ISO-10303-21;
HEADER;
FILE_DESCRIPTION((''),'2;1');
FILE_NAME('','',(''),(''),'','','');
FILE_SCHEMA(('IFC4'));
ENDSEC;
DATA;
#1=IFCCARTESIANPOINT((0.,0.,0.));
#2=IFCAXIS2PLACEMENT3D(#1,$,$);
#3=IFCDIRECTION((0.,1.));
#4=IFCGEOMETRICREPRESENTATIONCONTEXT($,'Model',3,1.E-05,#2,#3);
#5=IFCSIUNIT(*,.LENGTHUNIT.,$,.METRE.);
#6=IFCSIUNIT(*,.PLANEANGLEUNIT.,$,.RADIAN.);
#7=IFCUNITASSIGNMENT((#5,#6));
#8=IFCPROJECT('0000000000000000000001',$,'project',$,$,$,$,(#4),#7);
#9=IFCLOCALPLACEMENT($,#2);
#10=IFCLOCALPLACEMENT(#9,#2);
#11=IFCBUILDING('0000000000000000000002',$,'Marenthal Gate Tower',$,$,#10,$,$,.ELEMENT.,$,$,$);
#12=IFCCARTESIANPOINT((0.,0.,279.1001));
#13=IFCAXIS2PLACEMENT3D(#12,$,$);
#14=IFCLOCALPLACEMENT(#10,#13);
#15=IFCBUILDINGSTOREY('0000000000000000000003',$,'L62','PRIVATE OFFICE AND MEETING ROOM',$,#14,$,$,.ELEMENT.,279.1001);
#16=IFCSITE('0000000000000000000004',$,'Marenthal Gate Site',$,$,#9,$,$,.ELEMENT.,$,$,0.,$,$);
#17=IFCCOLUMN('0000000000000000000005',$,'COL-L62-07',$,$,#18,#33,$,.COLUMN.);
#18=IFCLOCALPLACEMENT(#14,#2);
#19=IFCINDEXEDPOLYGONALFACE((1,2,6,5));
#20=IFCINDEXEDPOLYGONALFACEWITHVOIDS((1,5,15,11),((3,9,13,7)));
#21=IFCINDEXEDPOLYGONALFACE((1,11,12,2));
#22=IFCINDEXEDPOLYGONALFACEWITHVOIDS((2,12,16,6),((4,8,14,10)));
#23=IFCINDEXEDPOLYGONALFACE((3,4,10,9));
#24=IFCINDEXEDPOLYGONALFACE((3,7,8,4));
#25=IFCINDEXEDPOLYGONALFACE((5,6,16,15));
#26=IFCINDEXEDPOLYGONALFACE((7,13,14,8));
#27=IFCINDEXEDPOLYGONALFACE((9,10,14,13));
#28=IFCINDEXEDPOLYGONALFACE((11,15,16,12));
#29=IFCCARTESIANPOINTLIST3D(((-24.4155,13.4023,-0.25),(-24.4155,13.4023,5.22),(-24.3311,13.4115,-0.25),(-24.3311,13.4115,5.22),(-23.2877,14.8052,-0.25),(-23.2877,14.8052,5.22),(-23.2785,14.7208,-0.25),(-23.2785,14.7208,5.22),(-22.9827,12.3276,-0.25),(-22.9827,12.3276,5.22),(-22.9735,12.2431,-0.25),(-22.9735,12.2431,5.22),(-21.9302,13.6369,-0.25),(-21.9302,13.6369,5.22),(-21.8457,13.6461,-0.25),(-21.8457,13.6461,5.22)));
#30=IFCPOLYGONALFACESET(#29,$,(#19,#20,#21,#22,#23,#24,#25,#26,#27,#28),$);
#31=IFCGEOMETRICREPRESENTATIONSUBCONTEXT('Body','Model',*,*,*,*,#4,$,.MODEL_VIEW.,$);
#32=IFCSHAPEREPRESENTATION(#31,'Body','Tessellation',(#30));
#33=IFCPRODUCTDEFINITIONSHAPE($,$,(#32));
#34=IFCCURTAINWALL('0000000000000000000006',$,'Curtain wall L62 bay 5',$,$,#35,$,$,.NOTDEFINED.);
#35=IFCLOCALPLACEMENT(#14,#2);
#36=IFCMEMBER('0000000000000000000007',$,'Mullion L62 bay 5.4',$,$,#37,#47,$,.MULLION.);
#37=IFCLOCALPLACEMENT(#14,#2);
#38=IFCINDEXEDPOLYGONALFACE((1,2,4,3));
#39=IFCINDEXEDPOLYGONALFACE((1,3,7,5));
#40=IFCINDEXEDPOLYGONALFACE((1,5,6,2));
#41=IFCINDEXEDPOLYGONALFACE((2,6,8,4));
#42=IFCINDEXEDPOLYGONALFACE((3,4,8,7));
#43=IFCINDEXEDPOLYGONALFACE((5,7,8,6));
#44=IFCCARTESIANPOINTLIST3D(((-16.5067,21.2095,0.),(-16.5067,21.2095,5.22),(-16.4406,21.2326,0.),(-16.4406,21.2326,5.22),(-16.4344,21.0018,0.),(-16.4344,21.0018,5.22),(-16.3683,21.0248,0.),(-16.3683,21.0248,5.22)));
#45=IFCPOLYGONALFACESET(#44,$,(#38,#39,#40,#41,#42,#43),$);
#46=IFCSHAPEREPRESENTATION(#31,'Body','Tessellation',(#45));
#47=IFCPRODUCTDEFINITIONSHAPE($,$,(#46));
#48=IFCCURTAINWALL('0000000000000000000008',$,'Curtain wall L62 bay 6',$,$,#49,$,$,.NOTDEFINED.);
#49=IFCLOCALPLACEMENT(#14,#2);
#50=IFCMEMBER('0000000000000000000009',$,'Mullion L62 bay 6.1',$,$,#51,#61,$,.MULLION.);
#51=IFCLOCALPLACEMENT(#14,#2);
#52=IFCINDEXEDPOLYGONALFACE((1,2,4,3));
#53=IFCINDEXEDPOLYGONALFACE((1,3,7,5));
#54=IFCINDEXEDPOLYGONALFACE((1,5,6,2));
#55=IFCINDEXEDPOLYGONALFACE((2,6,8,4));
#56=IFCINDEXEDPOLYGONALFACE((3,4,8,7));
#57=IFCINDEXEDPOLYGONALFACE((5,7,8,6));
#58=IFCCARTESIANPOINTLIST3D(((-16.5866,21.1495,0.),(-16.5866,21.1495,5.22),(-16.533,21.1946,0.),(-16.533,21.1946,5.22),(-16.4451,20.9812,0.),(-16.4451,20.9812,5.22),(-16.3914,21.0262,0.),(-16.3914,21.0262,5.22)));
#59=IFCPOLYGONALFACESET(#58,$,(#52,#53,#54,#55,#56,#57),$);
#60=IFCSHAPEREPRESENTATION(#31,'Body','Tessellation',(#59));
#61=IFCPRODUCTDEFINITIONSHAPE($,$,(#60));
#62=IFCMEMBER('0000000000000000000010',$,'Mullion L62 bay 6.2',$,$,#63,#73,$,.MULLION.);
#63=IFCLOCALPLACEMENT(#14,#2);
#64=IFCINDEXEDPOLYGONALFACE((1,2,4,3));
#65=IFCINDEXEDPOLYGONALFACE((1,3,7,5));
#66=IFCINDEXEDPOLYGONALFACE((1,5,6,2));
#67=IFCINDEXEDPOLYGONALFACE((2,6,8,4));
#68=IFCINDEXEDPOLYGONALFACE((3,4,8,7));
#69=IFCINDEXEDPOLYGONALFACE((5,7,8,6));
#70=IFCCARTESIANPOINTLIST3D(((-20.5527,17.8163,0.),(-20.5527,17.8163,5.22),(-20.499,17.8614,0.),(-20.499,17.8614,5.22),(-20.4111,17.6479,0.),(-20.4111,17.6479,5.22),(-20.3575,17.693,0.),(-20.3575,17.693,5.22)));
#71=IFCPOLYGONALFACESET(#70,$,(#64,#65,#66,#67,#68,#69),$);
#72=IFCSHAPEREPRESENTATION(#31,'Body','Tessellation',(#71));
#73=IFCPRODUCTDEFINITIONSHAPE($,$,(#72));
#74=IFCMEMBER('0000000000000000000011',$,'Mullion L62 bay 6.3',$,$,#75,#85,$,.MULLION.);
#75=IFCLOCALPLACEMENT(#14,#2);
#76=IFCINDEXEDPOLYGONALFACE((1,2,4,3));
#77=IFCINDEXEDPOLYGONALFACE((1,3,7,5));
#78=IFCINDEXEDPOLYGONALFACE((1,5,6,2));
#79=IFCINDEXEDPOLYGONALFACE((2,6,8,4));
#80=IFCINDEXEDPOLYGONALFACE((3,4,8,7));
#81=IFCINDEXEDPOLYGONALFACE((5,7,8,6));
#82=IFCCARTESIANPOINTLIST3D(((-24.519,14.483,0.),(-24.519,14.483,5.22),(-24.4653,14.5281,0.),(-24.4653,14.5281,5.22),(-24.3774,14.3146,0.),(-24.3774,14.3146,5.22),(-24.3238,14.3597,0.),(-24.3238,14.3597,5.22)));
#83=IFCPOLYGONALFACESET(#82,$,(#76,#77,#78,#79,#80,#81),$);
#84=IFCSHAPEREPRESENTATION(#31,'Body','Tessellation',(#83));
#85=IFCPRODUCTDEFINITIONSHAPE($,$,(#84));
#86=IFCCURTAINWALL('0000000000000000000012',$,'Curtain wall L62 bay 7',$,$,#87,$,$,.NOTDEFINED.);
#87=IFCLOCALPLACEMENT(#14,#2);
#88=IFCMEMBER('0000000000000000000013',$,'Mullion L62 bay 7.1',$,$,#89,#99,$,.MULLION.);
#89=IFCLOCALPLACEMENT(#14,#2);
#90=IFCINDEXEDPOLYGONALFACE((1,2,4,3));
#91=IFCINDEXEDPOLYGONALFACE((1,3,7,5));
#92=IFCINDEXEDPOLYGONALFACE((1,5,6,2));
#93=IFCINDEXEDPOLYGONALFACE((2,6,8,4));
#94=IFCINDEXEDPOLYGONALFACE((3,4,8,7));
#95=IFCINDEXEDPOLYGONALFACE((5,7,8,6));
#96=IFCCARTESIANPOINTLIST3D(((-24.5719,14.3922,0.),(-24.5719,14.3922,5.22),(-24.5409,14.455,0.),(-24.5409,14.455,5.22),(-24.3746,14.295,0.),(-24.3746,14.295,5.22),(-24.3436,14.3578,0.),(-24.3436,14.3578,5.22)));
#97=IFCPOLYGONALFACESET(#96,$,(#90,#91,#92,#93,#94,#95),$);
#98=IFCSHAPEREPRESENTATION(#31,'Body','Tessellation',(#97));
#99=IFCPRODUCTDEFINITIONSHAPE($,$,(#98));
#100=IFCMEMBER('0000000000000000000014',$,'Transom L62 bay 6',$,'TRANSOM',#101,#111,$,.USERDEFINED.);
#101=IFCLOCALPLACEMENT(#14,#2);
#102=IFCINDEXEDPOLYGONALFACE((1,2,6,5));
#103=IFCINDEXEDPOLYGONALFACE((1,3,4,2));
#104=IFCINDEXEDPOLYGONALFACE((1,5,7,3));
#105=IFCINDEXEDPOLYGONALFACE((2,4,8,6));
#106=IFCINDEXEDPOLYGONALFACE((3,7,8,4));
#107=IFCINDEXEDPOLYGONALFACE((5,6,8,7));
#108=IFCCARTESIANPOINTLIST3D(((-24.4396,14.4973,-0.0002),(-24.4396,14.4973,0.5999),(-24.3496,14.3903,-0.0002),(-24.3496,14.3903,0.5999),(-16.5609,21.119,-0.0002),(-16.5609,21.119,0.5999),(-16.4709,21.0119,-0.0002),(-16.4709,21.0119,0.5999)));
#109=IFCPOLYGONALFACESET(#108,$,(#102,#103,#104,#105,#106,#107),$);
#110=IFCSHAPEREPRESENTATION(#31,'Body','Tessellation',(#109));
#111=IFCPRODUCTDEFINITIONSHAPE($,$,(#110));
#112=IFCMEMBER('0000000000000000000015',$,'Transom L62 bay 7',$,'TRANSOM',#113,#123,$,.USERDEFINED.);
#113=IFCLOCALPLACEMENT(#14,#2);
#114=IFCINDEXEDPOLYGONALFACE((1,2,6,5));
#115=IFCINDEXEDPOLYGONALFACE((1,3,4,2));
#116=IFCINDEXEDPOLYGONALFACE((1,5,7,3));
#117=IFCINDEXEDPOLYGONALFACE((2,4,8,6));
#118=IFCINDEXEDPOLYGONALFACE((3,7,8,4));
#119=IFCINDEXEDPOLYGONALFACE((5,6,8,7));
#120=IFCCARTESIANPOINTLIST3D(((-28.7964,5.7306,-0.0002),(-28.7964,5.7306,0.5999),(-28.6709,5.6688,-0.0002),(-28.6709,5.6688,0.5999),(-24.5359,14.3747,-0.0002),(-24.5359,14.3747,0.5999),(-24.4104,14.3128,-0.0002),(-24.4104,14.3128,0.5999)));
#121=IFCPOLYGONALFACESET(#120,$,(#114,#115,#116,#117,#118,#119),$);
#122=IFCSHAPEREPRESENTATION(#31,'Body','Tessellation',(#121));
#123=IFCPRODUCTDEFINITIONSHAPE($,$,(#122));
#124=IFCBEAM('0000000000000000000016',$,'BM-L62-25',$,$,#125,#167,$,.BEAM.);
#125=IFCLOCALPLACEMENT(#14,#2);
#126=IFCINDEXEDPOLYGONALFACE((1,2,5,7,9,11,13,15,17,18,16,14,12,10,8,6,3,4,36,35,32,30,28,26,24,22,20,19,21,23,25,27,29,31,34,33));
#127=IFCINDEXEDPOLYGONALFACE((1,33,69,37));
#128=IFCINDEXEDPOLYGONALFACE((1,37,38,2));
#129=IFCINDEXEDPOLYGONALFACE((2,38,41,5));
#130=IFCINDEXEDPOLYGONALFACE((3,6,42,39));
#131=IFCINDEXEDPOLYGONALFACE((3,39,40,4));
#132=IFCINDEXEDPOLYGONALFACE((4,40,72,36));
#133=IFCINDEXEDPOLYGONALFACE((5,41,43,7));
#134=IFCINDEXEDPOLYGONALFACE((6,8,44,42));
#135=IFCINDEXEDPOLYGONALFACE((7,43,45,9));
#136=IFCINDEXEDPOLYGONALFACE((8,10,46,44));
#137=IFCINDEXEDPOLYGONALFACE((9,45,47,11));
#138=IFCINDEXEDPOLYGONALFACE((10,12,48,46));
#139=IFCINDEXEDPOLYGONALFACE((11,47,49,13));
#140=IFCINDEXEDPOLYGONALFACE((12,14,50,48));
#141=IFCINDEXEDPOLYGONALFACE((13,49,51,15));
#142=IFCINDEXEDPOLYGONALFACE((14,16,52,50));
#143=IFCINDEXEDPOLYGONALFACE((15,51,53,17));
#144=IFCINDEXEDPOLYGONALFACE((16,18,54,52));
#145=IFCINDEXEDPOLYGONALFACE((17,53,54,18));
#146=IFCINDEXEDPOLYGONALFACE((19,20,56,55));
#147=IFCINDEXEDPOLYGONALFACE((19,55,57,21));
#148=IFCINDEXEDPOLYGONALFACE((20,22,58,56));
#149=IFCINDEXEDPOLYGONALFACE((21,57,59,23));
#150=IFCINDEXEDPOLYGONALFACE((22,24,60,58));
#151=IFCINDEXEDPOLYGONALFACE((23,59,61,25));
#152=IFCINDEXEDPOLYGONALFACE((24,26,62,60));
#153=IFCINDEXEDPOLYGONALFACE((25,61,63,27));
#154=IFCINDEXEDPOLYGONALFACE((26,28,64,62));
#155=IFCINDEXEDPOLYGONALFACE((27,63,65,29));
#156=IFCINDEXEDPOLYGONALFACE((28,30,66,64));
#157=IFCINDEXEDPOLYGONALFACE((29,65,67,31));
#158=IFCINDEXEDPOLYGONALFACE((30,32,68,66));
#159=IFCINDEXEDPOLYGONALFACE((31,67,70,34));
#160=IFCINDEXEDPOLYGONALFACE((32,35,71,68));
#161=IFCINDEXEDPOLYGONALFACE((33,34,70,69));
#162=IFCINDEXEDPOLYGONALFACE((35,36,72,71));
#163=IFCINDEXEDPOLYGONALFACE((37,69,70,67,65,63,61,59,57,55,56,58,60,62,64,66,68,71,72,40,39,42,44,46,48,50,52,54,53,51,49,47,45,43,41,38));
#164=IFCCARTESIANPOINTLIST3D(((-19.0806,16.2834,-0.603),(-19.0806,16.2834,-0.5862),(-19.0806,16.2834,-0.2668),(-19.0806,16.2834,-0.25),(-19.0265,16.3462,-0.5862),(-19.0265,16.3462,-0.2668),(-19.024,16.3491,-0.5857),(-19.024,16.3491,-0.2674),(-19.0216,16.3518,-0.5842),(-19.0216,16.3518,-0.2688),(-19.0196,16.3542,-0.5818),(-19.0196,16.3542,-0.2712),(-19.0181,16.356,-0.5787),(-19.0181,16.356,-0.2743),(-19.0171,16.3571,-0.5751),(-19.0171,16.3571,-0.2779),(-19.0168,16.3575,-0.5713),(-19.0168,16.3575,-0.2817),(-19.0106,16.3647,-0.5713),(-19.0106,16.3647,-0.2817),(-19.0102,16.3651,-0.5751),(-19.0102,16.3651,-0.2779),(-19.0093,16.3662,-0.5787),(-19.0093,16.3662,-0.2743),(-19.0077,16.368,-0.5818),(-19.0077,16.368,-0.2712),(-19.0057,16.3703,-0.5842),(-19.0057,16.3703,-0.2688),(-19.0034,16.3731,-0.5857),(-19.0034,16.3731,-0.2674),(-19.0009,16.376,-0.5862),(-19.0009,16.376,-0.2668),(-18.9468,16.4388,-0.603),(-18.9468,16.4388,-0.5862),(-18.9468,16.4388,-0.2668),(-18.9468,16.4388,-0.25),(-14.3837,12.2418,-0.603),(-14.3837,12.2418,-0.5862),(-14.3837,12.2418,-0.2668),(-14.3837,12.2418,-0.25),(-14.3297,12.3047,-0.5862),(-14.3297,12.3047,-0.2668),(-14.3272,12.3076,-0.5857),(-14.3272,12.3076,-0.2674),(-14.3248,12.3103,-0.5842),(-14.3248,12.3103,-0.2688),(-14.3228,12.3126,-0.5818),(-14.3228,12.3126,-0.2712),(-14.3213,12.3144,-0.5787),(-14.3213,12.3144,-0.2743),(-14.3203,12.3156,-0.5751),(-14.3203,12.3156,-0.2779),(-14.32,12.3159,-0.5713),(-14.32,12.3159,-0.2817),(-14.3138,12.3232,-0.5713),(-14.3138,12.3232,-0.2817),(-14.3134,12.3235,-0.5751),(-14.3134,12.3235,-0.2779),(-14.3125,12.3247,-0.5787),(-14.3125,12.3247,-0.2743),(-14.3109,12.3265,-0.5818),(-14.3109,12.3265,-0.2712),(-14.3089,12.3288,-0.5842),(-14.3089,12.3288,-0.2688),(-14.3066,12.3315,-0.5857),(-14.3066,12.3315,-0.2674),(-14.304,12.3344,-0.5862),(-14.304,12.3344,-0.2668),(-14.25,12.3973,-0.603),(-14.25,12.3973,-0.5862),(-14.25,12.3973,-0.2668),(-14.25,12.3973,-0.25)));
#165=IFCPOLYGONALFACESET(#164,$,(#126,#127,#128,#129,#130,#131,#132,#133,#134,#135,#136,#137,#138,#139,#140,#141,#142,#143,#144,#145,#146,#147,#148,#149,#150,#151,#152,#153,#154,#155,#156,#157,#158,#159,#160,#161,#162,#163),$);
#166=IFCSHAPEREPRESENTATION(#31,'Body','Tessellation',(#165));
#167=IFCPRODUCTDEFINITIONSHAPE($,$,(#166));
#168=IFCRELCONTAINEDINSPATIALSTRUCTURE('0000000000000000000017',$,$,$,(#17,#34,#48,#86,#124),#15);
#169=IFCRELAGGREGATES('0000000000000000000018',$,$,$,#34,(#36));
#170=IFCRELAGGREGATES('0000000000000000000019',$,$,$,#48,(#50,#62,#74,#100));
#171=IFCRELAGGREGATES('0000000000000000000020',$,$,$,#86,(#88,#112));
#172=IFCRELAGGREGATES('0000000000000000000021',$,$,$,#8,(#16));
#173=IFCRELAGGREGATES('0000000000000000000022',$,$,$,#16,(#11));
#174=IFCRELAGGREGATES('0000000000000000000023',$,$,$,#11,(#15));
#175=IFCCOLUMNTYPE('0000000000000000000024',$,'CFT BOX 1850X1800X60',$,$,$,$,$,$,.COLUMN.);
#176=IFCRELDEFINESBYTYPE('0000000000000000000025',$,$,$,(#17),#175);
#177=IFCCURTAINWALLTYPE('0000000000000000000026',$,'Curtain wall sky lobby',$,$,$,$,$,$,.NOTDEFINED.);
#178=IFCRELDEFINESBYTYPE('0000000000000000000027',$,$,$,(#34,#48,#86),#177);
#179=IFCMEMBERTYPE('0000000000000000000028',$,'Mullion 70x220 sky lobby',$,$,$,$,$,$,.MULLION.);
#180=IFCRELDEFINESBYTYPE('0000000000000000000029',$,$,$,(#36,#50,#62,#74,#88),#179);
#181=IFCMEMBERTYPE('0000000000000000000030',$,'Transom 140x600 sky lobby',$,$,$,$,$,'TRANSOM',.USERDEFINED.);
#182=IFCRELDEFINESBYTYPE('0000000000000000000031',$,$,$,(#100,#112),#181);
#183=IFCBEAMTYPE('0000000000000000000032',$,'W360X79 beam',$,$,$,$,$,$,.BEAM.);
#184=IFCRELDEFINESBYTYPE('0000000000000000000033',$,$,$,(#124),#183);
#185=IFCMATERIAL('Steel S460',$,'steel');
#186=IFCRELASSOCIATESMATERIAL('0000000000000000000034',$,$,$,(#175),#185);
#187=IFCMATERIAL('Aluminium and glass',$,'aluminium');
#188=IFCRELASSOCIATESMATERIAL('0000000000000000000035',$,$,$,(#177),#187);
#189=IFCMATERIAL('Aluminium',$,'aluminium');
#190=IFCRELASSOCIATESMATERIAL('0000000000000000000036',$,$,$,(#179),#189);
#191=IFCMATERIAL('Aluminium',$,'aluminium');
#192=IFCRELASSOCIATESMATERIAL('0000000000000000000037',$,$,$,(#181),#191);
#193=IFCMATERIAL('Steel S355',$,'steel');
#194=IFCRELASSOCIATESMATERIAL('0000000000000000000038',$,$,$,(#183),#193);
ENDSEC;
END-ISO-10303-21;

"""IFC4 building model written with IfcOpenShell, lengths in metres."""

from ifc_helpers import new_model, si_unit, direction, frame, origin, origin_2d, place, context, subcontext, project, spatial, rectangle, hollow_rectangle, i_section, extrude, material, material_profile, profile_set, type_object, element, aggregate, save


model = new_model("IFC4")

# Units and contexts
model_context = context("Model", 3, precision=1e-05, world=origin(), true_north=direction((0.0, 1.0)))
body_context = subcontext(model_context, "Body", "Model", "MODEL_VIEW")
ifc_project = project(units=[si_unit("LENGTHUNIT", "METRE"), si_unit("PLANEANGLEUNIT", "RADIAN")], contexts=[model_context])

# Site, building, storey
site_placement = place(None, origin())
site = spatial("IfcSite", under=ifc_project, at=site_placement, Name="Marenthal Gate Site", CompositionType="ELEMENT", RefElevation=0.0)
building_placement = place(site_placement, origin())
building = spatial("IfcBuilding", under=site, at=building_placement, Name="Marenthal Gate Tower", CompositionType="ELEMENT")
storey_placement = place(building_placement, frame((0.0, 0.0, 279.1001)))
storey = spatial("IfcBuildingStorey", under=building, at=storey_placement, Name="L62", Description="PRIVATE OFFICE AND MEETING ROOM", CompositionType="ELEMENT", Elevation=279.1001)

# Column
ifc_material_1 = material(Name="Steel S460", Category="steel")
ifc_material_profile_1 = material_profile(ifc_material_1, hollow_rectangle(XDim=1.8, YDim=1.8501, WallThickness=0.0601, at=origin_2d()), Name="CFT BOX 1850X1800X60")
ifc_material_2 = material(Name="Concrete 70 MPa", Category="concrete")
ifc_material_profile_2 = material_profile(ifc_material_2, rectangle(XDim=1.6799, YDim=1.73, at=origin_2d()), Name="CFT BOX 1850X1800X60 INFILL")
ifc_profile_set_1 = profile_set([ifc_material_profile_1, ifc_material_profile_2], Name="Steel S460 shell, Concrete 70 MPa infill")
column_type = type_object("IfcColumnType", Name="CFT BOX 1850X1800X60", PredefinedType="COLUMN", material=ifc_profile_set_1)
column_placement = place(storey_placement, frame((-23.1306, 13.5242, -0.25), z_axis=(0.0, 0.0, 1.0), x_axis=(0.62654, 0.779389, 0.0)))
element("IfcColumn", 1, at=column_placement, inside=storey, type_object=column_type, Name="COL-L62-07", PredefinedType="COLUMN", context=body_context, shape_type="SweptSolid", body=[
    extrude(hollow_rectangle(XDim=1.8, YDim=1.8501, WallThickness=0.0601, at=origin_2d()), origin(), (0.0, 0.0, 1.0), 5.47),
])

# Curtain wall, member
ifc_material_3 = material(Name="Aluminium and glass", Category="aluminium")
curtain_wall_type = type_object("IfcCurtainWallType", Name="Curtain wall sky lobby", PredefinedType="NOTDEFINED", material=ifc_material_3)
curtain_wall_1_placement = place(storey_placement, origin())
curtain_wall_1 = element("IfcCurtainWall", 2, at=curtain_wall_1_placement, inside=storey, type_object=curtain_wall_type, Name="Curtain wall L62 bay 5", PredefinedType="NOTDEFINED")
ifc_material_4 = material(Name="Aluminium", Category="aluminium")
ifc_material_profile_3 = material_profile(ifc_material_4, rectangle(XDim=0.22, YDim=0.0701, at=origin_2d()), Name="70x220 aluminium mullion")
ifc_profile_set_2 = profile_set([ifc_material_profile_3], Name="Aluminium")
member_type_1 = type_object("IfcMemberType", Name="Mullion 70x220 sky lobby", PredefinedType="MULLION", material=ifc_profile_set_2)
member_1_placement = place(storey_placement, frame((-16.4375, 21.1172, 0.0), z_axis=(0.0, 0.0, 1.0), x_axis=(0.328757, -0.944415, 0.0)))
member_1 = element("IfcMember", 3, at=member_1_placement, type_object=member_type_1, Name="Mullion L62 bay 5.4", PredefinedType="MULLION", context=body_context, shape_type="SweptSolid", body=[
    extrude(rectangle(XDim=0.22, YDim=0.0701, at=origin_2d()), origin(), (0.0, 0.0, 1.0), 5.22),
])
aggregate(curtain_wall_1, [member_1])

# Curtain wall, members
curtain_wall_2_placement = place(storey_placement, origin())
curtain_wall_2 = element("IfcCurtainWall", 4, at=curtain_wall_2_placement, inside=storey, type_object=curtain_wall_type, Name="Curtain wall L62 bay 6", PredefinedType="NOTDEFINED")
member_2_placement = place(storey_placement, frame((-16.489, 21.0879, 0.0), z_axis=(0.0, 0.0, 1.0), x_axis=(0.64338, -0.765547, 0.0)))
member_2 = element("IfcMember", 5, at=member_2_placement, type_object=member_type_1, Name="Mullion L62 bay 6.1", PredefinedType="MULLION", context=body_context, shape_type="SweptSolid", body=[
    extrude(rectangle(XDim=0.22, YDim=0.0701, at=origin_2d()), origin(), (0.0, 0.0, 1.0), 5.22),
])
member_3_placement = place(storey_placement, frame((-20.4551, 17.7546, 0.0), z_axis=(0.0, 0.0, 1.0), x_axis=(0.64338, -0.765547, 0.0)))
member_3 = element("IfcMember", 6, at=member_3_placement, type_object=member_type_1, Name="Mullion L62 bay 6.2", PredefinedType="MULLION", context=body_context, shape_type="SweptSolid", body=[
    extrude(rectangle(XDim=0.22, YDim=0.0701, at=origin_2d()), origin(), (0.0, 0.0, 1.0), 5.22),
])
member_4_placement = place(storey_placement, frame((-24.4214, 14.4214, 0.0), z_axis=(0.0, 0.0, 1.0), x_axis=(0.64338, -0.765547, 0.0)))
member_4 = element("IfcMember", 7, at=member_4_placement, type_object=member_type_1, Name="Mullion L62 bay 6.3", PredefinedType="MULLION", context=body_context, shape_type="SweptSolid", body=[
    extrude(rectangle(XDim=0.22, YDim=0.0701, at=origin_2d()), origin(), (0.0, 0.0, 1.0), 5.22),
])

# Curtain wall, member
curtain_wall_3_placement = place(storey_placement, origin())
curtain_wall_3 = element("IfcCurtainWall", 8, at=curtain_wall_3_placement, inside=storey, type_object=curtain_wall_type, Name="Curtain wall L62 bay 7", PredefinedType="NOTDEFINED")
member_5_placement = place(storey_placement, frame((-24.4578, 14.375, 0.0), z_axis=(0.0, 0.0, 1.0), x_axis=(0.89697, -0.442091, 0.0)))
member_5 = element("IfcMember", 9, at=member_5_placement, type_object=member_type_1, Name="Mullion L62 bay 7.1", PredefinedType="MULLION", context=body_context, shape_type="SweptSolid", body=[
    extrude(rectangle(XDim=0.22, YDim=0.0701, at=origin_2d()), origin(), (0.0, 0.0, 1.0), 5.22),
])

# Members
ifc_material_5 = material(Name="Aluminium", Category="aluminium")
ifc_material_profile_4 = material_profile(ifc_material_5, rectangle(XDim=0.1399, YDim=0.6001, at=origin_2d()), Name="140x600 aluminium transom")
ifc_profile_set_3 = profile_set([ifc_material_profile_4], Name="Aluminium")
member_type_2 = type_object("IfcMemberType", Name="Transom 140x600 sky lobby", ElementType="TRANSOM", PredefinedType="USERDEFINED", material=ifc_profile_set_3)
member_6_placement = place(storey_placement, frame((-16.5159, 21.0654, 0.2998), z_axis=(-0.765537, -0.643392, 0.0), x_axis=(0.643392, -0.765537, 0.0)))
member_6 = element("IfcMember", 10, at=member_6_placement, type_object=member_type_2, Name="Transom L62 bay 6", ObjectType="TRANSOM", PredefinedType="USERDEFINED", context=body_context, shape_type="SweptSolid", body=[
    extrude(rectangle(XDim=0.1399, YDim=0.6001, at=origin_2d()), origin(), (0.0, 0.0, 1.0), 10.2917),
])
member_7_placement = place(storey_placement, frame((-24.4731, 14.3438, 0.2998), z_axis=(-0.442099, -0.896966, 0.0), x_axis=(0.896966, -0.442099, 0.0)))
member_7 = element("IfcMember", 11, at=member_7_placement, type_object=member_type_2, Name="Transom L62 bay 7", ObjectType="TRANSOM", PredefinedType="USERDEFINED", context=body_context, shape_type="SweptSolid", body=[
    extrude(rectangle(XDim=0.1399, YDim=0.6001, at=origin_2d()), origin(), (0.0, 0.0, 1.0), 9.637),
])

# Beam
ifc_material_6 = material(Name="Steel S355", Category="steel")
ifc_material_profile_5 = material_profile(ifc_material_6, i_section(OverallWidth=0.2051, OverallDepth=0.353, WebThickness=0.0095, FlangeThickness=0.0168, FilletRadius=0.0149, at=origin_2d()), Name="W360X79")
ifc_profile_set_4 = profile_set([ifc_material_profile_5], Name="Steel S355")
beam_type_1 = type_object("IfcBeamType", Name="W360X79 beam", PredefinedType="BEAM", material=ifc_profile_set_4)
beam_1_placement = place(storey_placement, frame((-19.0137, 16.3611, -0.4265), z_axis=(0.758004, -0.65225, 0.0), x_axis=(0.65225, 0.758004, 0.0)))
element("IfcBeam", 12, at=beam_1_placement, inside=storey, type_object=beam_type_1, Name="BM-L62-25", PredefinedType="BEAM", context=body_context, shape_type="SweptSolid", body=[
    extrude(i_section(OverallWidth=0.2051, OverallDepth=0.353, WebThickness=0.0095, FlangeThickness=0.0168, FilletRadius=0.0149, at=origin_2d()), origin(), (0.0, 0.0, 1.0), 6.1963),
])

aggregate(curtain_wall_2, [member_2, member_3, member_4, member_6])
aggregate(curtain_wall_3, [member_5, member_7])

save(model, "model.ifc")
